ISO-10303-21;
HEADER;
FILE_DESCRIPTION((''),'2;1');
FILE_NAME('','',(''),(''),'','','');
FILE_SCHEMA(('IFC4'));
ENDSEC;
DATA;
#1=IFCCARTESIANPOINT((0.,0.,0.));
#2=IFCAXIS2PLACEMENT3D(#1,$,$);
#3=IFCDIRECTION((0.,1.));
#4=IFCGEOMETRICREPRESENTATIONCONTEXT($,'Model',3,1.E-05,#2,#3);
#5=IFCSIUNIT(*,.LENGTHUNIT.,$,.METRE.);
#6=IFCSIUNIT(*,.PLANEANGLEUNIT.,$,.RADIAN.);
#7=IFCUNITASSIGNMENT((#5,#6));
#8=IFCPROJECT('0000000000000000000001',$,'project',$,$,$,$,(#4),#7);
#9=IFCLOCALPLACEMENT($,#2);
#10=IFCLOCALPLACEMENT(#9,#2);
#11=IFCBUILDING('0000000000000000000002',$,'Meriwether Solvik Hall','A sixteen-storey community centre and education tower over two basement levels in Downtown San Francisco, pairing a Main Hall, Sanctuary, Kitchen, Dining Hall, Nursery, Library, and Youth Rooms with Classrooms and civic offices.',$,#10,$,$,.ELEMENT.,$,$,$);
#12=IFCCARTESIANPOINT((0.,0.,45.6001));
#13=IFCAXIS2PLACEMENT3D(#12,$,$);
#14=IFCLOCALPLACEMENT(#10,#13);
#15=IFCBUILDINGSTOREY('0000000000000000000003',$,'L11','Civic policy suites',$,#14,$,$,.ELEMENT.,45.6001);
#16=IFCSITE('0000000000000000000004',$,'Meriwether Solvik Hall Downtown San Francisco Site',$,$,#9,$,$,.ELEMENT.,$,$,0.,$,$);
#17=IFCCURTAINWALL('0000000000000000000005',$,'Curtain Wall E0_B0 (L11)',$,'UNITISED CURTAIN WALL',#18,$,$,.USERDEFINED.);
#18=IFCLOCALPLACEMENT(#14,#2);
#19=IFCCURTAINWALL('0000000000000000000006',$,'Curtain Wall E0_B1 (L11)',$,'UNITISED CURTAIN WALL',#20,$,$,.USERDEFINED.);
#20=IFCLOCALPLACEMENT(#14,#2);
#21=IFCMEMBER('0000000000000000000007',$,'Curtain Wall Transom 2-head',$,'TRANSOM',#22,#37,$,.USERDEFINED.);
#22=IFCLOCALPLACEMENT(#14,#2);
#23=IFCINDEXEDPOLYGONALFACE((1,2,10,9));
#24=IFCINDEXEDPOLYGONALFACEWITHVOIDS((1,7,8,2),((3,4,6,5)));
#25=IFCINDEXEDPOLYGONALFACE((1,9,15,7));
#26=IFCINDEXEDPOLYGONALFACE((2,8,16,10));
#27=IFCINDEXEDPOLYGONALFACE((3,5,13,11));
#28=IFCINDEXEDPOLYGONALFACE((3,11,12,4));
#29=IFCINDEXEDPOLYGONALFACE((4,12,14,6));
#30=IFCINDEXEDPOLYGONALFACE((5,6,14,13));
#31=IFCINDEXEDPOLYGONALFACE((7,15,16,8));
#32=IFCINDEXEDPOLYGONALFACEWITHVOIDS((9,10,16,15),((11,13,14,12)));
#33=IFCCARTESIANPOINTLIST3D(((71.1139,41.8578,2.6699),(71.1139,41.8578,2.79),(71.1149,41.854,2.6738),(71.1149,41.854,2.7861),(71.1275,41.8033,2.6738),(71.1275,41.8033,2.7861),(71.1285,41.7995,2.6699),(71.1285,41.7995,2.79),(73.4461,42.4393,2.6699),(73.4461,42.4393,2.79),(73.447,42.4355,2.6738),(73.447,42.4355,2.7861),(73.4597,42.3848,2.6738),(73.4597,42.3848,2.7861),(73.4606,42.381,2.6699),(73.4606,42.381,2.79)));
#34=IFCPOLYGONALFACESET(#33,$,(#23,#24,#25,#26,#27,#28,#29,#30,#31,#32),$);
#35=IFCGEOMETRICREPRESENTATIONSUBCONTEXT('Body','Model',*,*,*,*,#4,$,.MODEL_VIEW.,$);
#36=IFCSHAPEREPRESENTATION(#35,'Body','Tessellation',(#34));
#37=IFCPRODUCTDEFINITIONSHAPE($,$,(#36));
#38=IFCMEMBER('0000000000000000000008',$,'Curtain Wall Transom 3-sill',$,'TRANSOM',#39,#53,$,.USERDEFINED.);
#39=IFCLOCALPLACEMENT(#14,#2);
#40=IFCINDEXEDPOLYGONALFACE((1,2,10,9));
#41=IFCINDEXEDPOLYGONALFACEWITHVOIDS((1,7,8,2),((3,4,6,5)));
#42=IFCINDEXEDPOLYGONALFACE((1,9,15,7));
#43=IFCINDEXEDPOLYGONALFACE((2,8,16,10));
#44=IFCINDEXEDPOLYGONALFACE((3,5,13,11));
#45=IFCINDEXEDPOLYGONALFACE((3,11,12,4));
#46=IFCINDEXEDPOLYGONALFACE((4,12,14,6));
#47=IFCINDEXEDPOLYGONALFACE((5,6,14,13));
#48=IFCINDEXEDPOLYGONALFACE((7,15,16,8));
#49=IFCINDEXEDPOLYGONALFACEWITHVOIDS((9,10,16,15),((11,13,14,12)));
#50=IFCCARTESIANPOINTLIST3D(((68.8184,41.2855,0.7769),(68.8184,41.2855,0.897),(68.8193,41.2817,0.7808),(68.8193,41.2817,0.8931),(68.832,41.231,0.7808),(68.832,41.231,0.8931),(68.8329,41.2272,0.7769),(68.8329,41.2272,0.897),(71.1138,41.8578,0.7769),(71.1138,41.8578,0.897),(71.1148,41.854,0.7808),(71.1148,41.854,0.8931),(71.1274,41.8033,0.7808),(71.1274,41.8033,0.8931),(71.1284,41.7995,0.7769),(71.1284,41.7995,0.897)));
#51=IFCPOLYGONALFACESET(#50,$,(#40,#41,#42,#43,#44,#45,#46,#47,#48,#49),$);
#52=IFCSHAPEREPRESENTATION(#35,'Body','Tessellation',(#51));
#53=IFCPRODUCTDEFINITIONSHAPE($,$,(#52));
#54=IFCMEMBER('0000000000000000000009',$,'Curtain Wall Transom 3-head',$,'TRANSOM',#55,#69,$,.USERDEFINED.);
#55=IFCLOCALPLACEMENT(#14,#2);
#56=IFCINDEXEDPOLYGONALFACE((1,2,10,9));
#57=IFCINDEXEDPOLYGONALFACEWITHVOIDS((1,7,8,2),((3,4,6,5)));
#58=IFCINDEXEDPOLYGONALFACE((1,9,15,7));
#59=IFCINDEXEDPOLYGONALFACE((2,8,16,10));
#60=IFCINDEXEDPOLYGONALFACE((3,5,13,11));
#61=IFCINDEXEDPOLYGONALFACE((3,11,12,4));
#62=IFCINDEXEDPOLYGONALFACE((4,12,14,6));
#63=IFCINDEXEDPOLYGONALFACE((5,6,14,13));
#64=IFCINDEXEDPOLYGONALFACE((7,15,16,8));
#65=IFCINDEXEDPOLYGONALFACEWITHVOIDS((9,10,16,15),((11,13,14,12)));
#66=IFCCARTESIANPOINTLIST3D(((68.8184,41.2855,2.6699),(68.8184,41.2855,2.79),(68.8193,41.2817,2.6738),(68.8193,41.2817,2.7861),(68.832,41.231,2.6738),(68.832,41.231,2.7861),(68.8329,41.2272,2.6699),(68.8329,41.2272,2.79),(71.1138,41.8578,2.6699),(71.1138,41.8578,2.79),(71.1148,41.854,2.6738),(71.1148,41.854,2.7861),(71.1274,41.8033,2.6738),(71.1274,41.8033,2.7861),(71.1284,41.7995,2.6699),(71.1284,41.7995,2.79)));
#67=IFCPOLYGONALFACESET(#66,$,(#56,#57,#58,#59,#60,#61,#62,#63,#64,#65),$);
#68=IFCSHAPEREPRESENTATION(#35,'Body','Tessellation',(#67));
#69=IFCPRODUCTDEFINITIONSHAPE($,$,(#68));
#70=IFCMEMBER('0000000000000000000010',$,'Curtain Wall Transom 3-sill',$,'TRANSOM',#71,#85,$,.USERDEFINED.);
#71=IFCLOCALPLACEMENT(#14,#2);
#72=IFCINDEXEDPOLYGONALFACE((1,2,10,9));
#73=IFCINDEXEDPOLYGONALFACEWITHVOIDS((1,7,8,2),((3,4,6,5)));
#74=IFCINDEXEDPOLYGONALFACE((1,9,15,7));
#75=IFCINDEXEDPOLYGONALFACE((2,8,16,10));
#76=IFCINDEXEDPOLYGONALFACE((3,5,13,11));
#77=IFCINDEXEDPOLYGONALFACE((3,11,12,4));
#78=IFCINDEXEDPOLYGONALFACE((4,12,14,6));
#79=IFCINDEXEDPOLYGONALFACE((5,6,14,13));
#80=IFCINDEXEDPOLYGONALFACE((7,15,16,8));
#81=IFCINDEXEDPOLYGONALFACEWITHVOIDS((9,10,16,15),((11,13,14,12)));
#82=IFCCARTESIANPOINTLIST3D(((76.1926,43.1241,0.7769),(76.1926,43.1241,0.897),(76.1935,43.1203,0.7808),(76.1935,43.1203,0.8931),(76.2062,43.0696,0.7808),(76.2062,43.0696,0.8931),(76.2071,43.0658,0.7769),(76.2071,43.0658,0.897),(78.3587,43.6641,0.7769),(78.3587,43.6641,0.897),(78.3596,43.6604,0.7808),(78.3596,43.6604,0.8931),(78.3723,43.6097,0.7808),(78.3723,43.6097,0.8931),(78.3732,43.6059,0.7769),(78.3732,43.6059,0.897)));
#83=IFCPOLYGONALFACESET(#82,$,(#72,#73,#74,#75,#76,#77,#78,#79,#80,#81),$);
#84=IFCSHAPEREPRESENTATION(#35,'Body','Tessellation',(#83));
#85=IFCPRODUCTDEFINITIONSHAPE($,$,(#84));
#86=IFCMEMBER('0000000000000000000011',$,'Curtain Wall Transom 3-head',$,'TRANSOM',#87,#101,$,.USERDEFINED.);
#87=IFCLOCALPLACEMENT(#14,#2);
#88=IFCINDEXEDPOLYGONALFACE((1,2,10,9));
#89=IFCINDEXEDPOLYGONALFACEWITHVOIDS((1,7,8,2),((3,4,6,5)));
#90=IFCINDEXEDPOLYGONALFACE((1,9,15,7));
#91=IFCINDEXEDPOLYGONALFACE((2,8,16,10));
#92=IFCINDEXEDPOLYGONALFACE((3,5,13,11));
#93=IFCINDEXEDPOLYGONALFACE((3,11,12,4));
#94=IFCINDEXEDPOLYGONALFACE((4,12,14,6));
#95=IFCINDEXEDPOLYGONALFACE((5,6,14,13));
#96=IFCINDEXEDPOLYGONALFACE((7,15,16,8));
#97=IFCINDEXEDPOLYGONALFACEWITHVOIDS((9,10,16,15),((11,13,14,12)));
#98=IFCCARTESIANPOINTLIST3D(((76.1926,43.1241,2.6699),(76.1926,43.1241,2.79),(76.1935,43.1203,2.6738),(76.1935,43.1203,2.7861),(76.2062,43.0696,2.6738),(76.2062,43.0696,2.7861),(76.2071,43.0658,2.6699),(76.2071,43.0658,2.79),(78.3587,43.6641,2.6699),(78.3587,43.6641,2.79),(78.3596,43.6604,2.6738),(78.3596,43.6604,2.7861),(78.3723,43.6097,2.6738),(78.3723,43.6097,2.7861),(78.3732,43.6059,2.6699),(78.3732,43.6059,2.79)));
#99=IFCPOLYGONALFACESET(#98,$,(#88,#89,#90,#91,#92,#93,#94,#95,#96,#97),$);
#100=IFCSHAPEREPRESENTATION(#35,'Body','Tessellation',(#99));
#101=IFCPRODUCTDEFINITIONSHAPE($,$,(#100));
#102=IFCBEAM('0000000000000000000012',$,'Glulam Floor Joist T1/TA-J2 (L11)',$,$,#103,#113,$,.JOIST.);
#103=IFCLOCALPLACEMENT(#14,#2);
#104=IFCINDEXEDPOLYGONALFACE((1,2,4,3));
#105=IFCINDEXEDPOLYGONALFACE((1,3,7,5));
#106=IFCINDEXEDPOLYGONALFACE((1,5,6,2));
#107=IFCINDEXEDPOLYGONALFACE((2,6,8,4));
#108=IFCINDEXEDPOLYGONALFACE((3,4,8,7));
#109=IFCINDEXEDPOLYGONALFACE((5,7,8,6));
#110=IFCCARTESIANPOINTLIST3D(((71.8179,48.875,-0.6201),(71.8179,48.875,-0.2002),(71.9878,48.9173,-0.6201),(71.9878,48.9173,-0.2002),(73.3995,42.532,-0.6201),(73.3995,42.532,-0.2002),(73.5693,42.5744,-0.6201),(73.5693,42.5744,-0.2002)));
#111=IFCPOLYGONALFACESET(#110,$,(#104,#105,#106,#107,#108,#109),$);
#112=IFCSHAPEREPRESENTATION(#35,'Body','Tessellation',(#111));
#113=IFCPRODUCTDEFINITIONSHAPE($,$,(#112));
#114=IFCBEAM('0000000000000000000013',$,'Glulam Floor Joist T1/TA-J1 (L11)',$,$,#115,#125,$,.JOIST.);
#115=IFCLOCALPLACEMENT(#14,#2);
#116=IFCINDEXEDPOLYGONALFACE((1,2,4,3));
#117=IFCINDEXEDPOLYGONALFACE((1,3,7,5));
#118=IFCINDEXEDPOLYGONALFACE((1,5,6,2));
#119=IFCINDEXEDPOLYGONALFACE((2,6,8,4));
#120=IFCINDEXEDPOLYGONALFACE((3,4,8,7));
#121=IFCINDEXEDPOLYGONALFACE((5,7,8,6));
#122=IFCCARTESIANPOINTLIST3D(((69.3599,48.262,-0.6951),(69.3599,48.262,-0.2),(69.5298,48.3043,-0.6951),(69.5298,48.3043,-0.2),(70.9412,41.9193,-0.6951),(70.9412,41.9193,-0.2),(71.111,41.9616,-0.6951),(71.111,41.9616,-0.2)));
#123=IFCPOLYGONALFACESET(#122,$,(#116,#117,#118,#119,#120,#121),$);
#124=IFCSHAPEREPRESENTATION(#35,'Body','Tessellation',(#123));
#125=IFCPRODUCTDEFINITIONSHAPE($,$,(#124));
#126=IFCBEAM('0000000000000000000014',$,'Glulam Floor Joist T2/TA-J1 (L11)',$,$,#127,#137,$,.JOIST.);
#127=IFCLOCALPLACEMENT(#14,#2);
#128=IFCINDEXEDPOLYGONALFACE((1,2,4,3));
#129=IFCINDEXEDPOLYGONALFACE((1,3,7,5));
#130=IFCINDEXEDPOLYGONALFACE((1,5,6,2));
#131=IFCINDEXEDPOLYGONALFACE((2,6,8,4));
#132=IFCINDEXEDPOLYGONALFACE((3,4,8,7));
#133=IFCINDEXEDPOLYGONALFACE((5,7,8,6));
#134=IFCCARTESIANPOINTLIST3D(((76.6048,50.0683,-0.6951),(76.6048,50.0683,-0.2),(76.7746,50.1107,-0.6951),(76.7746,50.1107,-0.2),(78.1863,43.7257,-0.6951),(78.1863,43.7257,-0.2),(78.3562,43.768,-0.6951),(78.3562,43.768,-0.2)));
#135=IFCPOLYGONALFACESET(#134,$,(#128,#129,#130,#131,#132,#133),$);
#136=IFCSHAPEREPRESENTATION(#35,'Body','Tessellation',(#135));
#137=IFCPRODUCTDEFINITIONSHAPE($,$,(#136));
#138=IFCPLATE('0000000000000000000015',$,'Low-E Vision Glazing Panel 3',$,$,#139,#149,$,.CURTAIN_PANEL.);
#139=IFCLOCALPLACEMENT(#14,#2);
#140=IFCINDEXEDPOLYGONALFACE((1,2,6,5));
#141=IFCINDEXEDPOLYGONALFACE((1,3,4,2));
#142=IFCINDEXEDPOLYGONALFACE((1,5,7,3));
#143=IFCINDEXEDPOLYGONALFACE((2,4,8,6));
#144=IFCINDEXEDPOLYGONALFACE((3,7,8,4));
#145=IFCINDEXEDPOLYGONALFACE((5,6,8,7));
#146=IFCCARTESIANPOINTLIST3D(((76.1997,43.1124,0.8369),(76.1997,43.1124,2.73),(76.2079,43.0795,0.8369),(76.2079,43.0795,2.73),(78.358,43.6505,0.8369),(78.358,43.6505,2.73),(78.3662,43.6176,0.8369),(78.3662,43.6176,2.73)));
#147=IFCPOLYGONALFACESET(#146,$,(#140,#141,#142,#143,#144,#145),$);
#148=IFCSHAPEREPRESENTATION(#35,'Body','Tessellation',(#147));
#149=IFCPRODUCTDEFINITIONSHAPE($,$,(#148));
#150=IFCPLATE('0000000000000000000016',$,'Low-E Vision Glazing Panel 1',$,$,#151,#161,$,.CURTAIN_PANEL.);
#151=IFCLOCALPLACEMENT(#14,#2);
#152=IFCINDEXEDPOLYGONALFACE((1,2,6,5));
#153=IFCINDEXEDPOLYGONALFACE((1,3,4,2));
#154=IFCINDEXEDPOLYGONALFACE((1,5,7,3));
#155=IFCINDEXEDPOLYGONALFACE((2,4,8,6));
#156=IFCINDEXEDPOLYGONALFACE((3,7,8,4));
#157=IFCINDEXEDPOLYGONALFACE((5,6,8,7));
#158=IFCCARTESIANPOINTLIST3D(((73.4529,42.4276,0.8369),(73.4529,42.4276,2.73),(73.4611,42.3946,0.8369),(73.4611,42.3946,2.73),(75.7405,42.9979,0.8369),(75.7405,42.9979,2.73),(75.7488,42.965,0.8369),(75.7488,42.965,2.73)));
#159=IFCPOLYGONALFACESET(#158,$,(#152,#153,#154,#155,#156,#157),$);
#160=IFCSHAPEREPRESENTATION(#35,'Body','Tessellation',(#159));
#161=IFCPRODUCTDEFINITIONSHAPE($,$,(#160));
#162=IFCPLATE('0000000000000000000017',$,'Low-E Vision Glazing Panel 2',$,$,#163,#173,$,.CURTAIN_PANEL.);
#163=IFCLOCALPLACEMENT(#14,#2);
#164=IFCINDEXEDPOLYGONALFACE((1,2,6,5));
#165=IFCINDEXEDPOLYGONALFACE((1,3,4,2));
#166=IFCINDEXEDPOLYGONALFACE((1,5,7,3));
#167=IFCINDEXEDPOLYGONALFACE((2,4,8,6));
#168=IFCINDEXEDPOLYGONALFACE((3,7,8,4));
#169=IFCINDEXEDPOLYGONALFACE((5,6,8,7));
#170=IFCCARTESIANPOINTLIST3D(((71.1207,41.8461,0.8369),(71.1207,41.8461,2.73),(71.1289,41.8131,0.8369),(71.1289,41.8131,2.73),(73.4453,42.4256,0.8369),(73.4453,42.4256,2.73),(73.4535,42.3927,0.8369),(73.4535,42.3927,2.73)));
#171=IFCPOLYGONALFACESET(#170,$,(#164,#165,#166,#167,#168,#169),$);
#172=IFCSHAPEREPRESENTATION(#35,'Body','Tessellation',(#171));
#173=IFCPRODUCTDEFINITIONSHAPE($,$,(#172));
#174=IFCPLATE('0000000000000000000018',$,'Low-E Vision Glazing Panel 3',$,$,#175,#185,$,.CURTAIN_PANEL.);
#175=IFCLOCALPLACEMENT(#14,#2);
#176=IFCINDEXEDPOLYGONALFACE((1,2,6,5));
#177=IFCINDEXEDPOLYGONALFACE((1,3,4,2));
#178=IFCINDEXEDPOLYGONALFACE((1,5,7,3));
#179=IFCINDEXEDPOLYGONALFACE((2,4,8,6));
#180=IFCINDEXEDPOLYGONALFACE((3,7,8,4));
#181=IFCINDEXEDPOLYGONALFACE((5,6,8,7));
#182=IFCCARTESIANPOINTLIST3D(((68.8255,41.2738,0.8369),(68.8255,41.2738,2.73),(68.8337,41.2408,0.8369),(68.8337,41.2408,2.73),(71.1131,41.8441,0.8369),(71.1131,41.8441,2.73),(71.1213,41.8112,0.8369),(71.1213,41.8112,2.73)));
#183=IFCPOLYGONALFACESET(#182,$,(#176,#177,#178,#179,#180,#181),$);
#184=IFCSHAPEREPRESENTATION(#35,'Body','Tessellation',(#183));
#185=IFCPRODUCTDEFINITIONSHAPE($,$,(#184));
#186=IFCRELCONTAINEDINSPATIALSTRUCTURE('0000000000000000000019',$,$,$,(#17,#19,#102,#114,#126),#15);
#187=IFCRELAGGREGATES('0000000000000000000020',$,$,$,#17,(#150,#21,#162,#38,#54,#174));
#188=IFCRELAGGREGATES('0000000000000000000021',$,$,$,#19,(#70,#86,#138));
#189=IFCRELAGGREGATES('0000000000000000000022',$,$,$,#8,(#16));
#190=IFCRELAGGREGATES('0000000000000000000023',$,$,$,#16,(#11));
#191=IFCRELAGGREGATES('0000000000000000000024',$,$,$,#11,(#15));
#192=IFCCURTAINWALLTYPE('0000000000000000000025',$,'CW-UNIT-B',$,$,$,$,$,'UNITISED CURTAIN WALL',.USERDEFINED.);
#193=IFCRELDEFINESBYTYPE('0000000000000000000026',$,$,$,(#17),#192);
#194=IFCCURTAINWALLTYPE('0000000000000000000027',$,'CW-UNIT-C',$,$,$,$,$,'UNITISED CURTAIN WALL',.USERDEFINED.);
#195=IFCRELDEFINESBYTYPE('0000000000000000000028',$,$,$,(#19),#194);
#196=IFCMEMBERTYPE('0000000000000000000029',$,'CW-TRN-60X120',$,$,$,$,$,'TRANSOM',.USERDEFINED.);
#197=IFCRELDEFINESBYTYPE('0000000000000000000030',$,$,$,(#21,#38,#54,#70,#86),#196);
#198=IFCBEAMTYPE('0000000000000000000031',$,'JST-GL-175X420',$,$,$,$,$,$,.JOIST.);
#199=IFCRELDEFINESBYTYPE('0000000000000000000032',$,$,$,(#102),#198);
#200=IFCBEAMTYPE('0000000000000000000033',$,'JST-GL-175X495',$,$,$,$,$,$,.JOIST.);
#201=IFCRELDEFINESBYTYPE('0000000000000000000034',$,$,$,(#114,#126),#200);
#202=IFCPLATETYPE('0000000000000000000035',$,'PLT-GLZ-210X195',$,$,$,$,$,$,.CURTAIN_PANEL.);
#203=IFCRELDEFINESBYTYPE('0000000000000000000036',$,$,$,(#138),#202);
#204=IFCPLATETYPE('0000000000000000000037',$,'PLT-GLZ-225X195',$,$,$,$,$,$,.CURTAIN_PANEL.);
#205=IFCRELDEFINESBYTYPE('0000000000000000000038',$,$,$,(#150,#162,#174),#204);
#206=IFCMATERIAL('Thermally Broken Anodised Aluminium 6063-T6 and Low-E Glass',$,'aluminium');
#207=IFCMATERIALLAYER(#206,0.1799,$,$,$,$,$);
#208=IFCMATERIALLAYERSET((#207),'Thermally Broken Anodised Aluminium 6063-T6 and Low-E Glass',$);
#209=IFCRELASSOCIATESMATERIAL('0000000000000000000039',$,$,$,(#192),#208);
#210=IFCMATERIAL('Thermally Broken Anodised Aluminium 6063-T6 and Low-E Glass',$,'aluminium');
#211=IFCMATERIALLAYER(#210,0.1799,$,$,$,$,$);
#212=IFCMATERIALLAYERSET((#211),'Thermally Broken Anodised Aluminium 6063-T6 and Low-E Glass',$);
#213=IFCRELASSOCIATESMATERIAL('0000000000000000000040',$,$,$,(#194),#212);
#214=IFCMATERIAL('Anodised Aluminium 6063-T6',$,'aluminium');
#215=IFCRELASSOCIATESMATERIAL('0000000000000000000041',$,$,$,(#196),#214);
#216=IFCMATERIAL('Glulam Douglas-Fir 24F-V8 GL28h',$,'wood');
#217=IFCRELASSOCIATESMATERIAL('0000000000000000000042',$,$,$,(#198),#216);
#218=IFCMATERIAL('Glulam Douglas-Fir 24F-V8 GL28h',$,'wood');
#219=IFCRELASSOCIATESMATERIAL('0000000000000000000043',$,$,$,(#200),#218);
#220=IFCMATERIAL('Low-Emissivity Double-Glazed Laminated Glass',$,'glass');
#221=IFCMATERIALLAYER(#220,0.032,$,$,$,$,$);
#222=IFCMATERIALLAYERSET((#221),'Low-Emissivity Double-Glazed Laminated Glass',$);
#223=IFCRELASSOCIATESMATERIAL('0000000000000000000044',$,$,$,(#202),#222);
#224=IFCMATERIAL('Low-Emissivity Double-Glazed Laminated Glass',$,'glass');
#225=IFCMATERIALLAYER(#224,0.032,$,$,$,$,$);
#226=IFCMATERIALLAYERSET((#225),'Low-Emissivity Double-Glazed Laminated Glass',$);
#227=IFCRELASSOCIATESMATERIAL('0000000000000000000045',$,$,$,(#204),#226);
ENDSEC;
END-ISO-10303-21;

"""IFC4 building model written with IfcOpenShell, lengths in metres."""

from ifc_helpers import new_model, si_unit, direction, frame, origin, origin_2d, place, context, subcontext, project, spatial, rectangle, hollow_rectangle, extrude, material, layer, layer_set, material_profile, profile_set, type_object, element, aggregate, save


model = new_model("IFC4")

# Units and contexts
model_context = context("Model", 3, precision=1e-05, world=origin(), true_north=direction((0.0, 1.0)))
body_context = subcontext(model_context, "Body", "Model", "MODEL_VIEW")
ifc_project = project(units=[si_unit("LENGTHUNIT", "METRE"), si_unit("PLANEANGLEUNIT", "RADIAN")], contexts=[model_context])

# Site, building, storey
site_placement = place(None, origin())
site = spatial("IfcSite", under=ifc_project, at=site_placement, Name="Meriwether Solvik Hall Downtown San Francisco Site", CompositionType="ELEMENT", RefElevation=0.0)
building_placement = place(site_placement, origin())
building = spatial("IfcBuilding", under=site, at=building_placement, Name="Meriwether Solvik Hall", Description="A sixteen-storey community centre and education tower over two basement levels in Downtown San Francisco, pairing a Main Hall, Sanctuary, Kitchen, Dining Hall, Nursery, Library, and Youth Rooms with Classrooms and civic offices.", CompositionType="ELEMENT")
storey_placement = place(building_placement, frame((0.0, 0.0, 45.6001)))
storey = spatial("IfcBuildingStorey", under=building, at=storey_placement, Name="L11", Description="Civic policy suites", CompositionType="ELEMENT", Elevation=45.6001)

# Curtain walls
ifc_material_1 = material(Name="Thermally Broken Anodised Aluminium 6063-T6 and Low-E Glass", Category="aluminium")
ifc_layer_1 = layer(ifc_material_1, 0.1799)
ifc_layer_set_1 = layer_set([ifc_layer_1], Name="Thermally Broken Anodised Aluminium 6063-T6 and Low-E Glass")
curtain_wall_type_1 = type_object("IfcCurtainWallType", Name="CW-UNIT-B", ElementType="UNITISED CURTAIN WALL", PredefinedType="USERDEFINED", material=ifc_layer_set_1)
curtain_wall_1_placement = place(storey_placement, origin())
curtain_wall_1 = element("IfcCurtainWall", 1, at=curtain_wall_1_placement, inside=storey, type_object=curtain_wall_type_1, Name="Curtain Wall E0_B0 (L11)", ObjectType="UNITISED CURTAIN WALL", PredefinedType="USERDEFINED")
ifc_material_2 = material(Name="Thermally Broken Anodised Aluminium 6063-T6 and Low-E Glass", Category="aluminium")
ifc_layer_2 = layer(ifc_material_2, 0.1799)
ifc_layer_set_2 = layer_set([ifc_layer_2], Name="Thermally Broken Anodised Aluminium 6063-T6 and Low-E Glass")
curtain_wall_type_2 = type_object("IfcCurtainWallType", Name="CW-UNIT-C", ElementType="UNITISED CURTAIN WALL", PredefinedType="USERDEFINED", material=ifc_layer_set_2)
curtain_wall_2_placement = place(storey_placement, origin())
curtain_wall_2 = element("IfcCurtainWall", 2, at=curtain_wall_2_placement, inside=storey, type_object=curtain_wall_type_2, Name="Curtain Wall E0_B1 (L11)", ObjectType="UNITISED CURTAIN WALL", PredefinedType="USERDEFINED")

# Members
ifc_material_3 = material(Name="Anodised Aluminium 6063-T6", Category="aluminium")
ifc_material_profile_1 = material_profile(ifc_material_3, hollow_rectangle(XDim=0.0601, YDim=0.1201, WallThickness=0.0039, at=origin_2d()), Name="CWT-60X120")
ifc_profile_set_1 = profile_set([ifc_material_profile_1], Name="Anodised Aluminium 6063-T6")
member_type_1 = type_object("IfcMemberType", Name="CW-TRN-60X120", ElementType="TRANSOM", PredefinedType="USERDEFINED", material=ifc_profile_set_1)
member_1_placement = place(storey_placement, frame((73.4534, 42.4102, 2.73), z_axis=(-0.970292, -0.241938, 0.0), x_axis=(0.241938, -0.970292, 0.0)))
member_1 = element("IfcMember", 3, at=member_1_placement, type_object=member_type_1, Name="Curtain Wall Transom 2-head", ObjectType="TRANSOM", PredefinedType="USERDEFINED", context=body_context, shape_type="SweptSolid", body=[
    extrude(hollow_rectangle(XDim=0.0601, YDim=0.1201, WallThickness=0.0039, at=origin_2d()), origin(), (0.0, 0.0, 1.0), 2.4036),
])
member_2_placement = place(storey_placement, frame((71.1211, 41.8286, 0.8369), z_axis=(-0.9703, -0.241904, 0.0), x_axis=(0.241904, -0.9703, 0.0)))
member_2 = element("IfcMember", 4, at=member_2_placement, type_object=member_type_1, Name="Curtain Wall Transom 3-sill", ObjectType="TRANSOM", PredefinedType="USERDEFINED", context=body_context, shape_type="SweptSolid", body=[
    extrude(hollow_rectangle(XDim=0.0601, YDim=0.1201, WallThickness=0.0039, at=origin_2d()), origin(), (0.0, 0.0, 1.0), 2.3657),
])
member_3_placement = place(storey_placement, frame((71.1211, 41.8286, 2.73), z_axis=(-0.9703, -0.241904, 0.0), x_axis=(0.241904, -0.9703, 0.0)))
member_3 = element("IfcMember", 5, at=member_3_placement, type_object=member_type_1, Name="Curtain Wall Transom 3-head", ObjectType="TRANSOM", PredefinedType="USERDEFINED", context=body_context, shape_type="SweptSolid", body=[
    extrude(hollow_rectangle(XDim=0.0601, YDim=0.1201, WallThickness=0.0039, at=origin_2d()), origin(), (0.0, 0.0, 1.0), 2.3657),
])
member_4_placement = place(storey_placement, frame((78.366, 43.635, 0.8369), z_axis=(-0.970297, -0.241918, 0.0), x_axis=(0.241918, -0.970297, 0.0)))
member_4 = element("IfcMember", 6, at=member_4_placement, type_object=member_type_1, Name="Curtain Wall Transom 3-sill", ObjectType="TRANSOM", PredefinedType="USERDEFINED", context=body_context, shape_type="SweptSolid", body=[
    extrude(hollow_rectangle(XDim=0.0601, YDim=0.1201, WallThickness=0.0039, at=origin_2d()), origin(), (0.0, 0.0, 1.0), 2.2324),
])
member_5_placement = place(storey_placement, frame((78.366, 43.635, 2.73), z_axis=(-0.970297, -0.241918, 0.0), x_axis=(0.241918, -0.970297, 0.0)))
member_5 = element("IfcMember", 7, at=member_5_placement, type_object=member_type_1, Name="Curtain Wall Transom 3-head", ObjectType="TRANSOM", PredefinedType="USERDEFINED", context=body_context, shape_type="SweptSolid", body=[
    extrude(hollow_rectangle(XDim=0.0601, YDim=0.1201, WallThickness=0.0039, at=origin_2d()), origin(), (0.0, 0.0, 1.0), 2.2324),
])

# Beams
ifc_material_4 = material(Name="Glulam Douglas-Fir 24F-V8 GL28h", Category="wood")
ifc_material_profile_2 = material_profile(ifc_material_4, rectangle(XDim=0.175, YDim=0.4199, at=origin_2d()), Name="GLJ-175X420")
ifc_profile_set_2 = profile_set([ifc_material_profile_2], Name="Glulam Douglas-Fir 24F-V8 GL28h")
beam_type_1 = type_object("IfcBeamType", Name="JST-GL-175X420", PredefinedType="JOIST", material=ifc_profile_set_2)
beam_1_placement = place(storey_placement, frame((73.4844, 42.5532, -0.4102), z_axis=(-0.241929, 0.970294, 0.0), x_axis=(-0.970294, -0.241929, 0.0)))
element("IfcBeam", 8, at=beam_1_placement, inside=storey, type_object=beam_type_1, Name="Glulam Floor Joist T1/TA-J2 (L11)", PredefinedType="JOIST", context=body_context, shape_type="SweptSolid", body=[
    extrude(rectangle(XDim=0.175, YDim=0.4199, at=origin_2d()), origin(), (0.0, 0.0, 1.0), 6.5371),
])
ifc_material_5 = material(Name="Glulam Douglas-Fir 24F-V8 GL28h", Category="wood")
ifc_material_profile_3 = material_profile(ifc_material_5, rectangle(XDim=0.175, YDim=0.4951, at=origin_2d()), Name="GLJ-175X495")
ifc_profile_set_3 = profile_set([ifc_material_profile_3], Name="Glulam Douglas-Fir 24F-V8 GL28h")
beam_type_2 = type_object("IfcBeamType", Name="JST-GL-175X495", PredefinedType="JOIST", material=ifc_profile_set_3)
for number, where, z_axis, x_axis, name in (
    (9, (71.0261, 41.9404, -0.4475), (-0.241903, 0.9703, 0.0), (-0.9703, -0.241903, 0.0), "Glulam Floor Joist T1/TA-J1 (L11)"),
    (10, (78.2712, 43.7468, -0.4475), (-0.241938, 0.970292, 0.0), (-0.970292, -0.241938, 0.0), "Glulam Floor Joist T2/TA-J1 (L11)"),
):
    element("IfcBeam", number, at=place(storey_placement, frame(where, z_axis=z_axis, x_axis=x_axis)), inside=storey, type_object=beam_type_2, Name=name, PredefinedType="JOIST", context=body_context, shape_type="SweptSolid", body=[
        extrude(rectangle(XDim=0.175, YDim=0.4951, at=origin_2d()), origin(), (0.0, 0.0, 1.0), 6.5369),
    ])

# Plates
ifc_material_6 = material(Name="Low-Emissivity Double-Glazed Laminated Glass", Category="glass")
ifc_layer_3 = layer(ifc_material_6, 0.032)
ifc_layer_set_3 = layer_set([ifc_layer_3], Name="Low-Emissivity Double-Glazed Laminated Glass")
plate_type_1 = type_object("IfcPlateType", Name="PLT-GLZ-210X195", PredefinedType="CURTAIN_PANEL", material=ifc_layer_set_3)
plate_1_placement = place(storey_placement, frame((77.283, 43.365, 0.8369), z_axis=(0.0, 0.0, 1.0), x_axis=(-0.970296, -0.241922, 0.0)))
plate_1 = element("IfcPlate", 11, at=plate_1_placement, type_object=plate_type_1, Name="Low-E Vision Glazing Panel 3", PredefinedType="CURTAIN_PANEL", context=body_context, shape_type="SweptSolid", body=[
    extrude(rectangle(XDim=2.2244, YDim=0.0339, at=origin_2d()), origin(), (0.0, 0.0, 1.0), 1.8931),
])
ifc_material_7 = material(Name="Low-Emissivity Double-Glazed Laminated Glass", Category="glass")
ifc_layer_4 = layer(ifc_material_7, 0.032)
ifc_layer_set_4 = layer_set([ifc_layer_4], Name="Low-Emissivity Double-Glazed Laminated Glass")
plate_type_2 = type_object("IfcPlateType", Name="PLT-GLZ-225X195", PredefinedType="CURTAIN_PANEL", material=ifc_layer_set_4)
plate_2_placement = place(storey_placement, frame((74.6008, 42.6963, 0.8369), z_axis=(0.0, 0.0, 1.0), x_axis=(-0.970296, -0.241922, 0.0)))
plate_2 = element("IfcPlate", 12, at=plate_2_placement, type_object=plate_type_2, Name="Low-E Vision Glazing Panel 1", PredefinedType="CURTAIN_PANEL", context=body_context, shape_type="SweptSolid", body=[
    extrude(rectangle(XDim=2.3577, YDim=0.0339, at=origin_2d()), origin(), (0.0, 0.0, 1.0), 1.8931),
])
plate_3_placement = place(storey_placement, frame((72.2871, 42.1194, 0.8369), z_axis=(0.0, 0.0, 1.0), x_axis=(-0.970296, -0.241922, 0.0)))
plate_3 = element("IfcPlate", 13, at=plate_3_placement, type_object=plate_type_2, Name="Low-E Vision Glazing Panel 2", PredefinedType="CURTAIN_PANEL", context=body_context, shape_type="SweptSolid", body=[
    extrude(rectangle(XDim=2.3958, YDim=0.0339, at=origin_2d()), origin(), (0.0, 0.0, 1.0), 1.8931),
])
plate_4_placement = place(storey_placement, frame((69.9734, 41.5425, 0.8369), z_axis=(0.0, 0.0, 1.0), x_axis=(-0.970296, -0.241922, 0.0)))
plate_4 = element("IfcPlate", 14, at=plate_4_placement, type_object=plate_type_2, Name="Low-E Vision Glazing Panel 3", PredefinedType="CURTAIN_PANEL", context=body_context, shape_type="SweptSolid", body=[
    extrude(rectangle(XDim=2.3577, YDim=0.0339, at=origin_2d()), origin(), (0.0, 0.0, 1.0), 1.8931),
])
aggregate(curtain_wall_1, [plate_2, member_1, plate_3, member_2, member_3, plate_4])
aggregate(curtain_wall_2, [member_4, member_5, plate_1])

save(model, "model.ifc")
